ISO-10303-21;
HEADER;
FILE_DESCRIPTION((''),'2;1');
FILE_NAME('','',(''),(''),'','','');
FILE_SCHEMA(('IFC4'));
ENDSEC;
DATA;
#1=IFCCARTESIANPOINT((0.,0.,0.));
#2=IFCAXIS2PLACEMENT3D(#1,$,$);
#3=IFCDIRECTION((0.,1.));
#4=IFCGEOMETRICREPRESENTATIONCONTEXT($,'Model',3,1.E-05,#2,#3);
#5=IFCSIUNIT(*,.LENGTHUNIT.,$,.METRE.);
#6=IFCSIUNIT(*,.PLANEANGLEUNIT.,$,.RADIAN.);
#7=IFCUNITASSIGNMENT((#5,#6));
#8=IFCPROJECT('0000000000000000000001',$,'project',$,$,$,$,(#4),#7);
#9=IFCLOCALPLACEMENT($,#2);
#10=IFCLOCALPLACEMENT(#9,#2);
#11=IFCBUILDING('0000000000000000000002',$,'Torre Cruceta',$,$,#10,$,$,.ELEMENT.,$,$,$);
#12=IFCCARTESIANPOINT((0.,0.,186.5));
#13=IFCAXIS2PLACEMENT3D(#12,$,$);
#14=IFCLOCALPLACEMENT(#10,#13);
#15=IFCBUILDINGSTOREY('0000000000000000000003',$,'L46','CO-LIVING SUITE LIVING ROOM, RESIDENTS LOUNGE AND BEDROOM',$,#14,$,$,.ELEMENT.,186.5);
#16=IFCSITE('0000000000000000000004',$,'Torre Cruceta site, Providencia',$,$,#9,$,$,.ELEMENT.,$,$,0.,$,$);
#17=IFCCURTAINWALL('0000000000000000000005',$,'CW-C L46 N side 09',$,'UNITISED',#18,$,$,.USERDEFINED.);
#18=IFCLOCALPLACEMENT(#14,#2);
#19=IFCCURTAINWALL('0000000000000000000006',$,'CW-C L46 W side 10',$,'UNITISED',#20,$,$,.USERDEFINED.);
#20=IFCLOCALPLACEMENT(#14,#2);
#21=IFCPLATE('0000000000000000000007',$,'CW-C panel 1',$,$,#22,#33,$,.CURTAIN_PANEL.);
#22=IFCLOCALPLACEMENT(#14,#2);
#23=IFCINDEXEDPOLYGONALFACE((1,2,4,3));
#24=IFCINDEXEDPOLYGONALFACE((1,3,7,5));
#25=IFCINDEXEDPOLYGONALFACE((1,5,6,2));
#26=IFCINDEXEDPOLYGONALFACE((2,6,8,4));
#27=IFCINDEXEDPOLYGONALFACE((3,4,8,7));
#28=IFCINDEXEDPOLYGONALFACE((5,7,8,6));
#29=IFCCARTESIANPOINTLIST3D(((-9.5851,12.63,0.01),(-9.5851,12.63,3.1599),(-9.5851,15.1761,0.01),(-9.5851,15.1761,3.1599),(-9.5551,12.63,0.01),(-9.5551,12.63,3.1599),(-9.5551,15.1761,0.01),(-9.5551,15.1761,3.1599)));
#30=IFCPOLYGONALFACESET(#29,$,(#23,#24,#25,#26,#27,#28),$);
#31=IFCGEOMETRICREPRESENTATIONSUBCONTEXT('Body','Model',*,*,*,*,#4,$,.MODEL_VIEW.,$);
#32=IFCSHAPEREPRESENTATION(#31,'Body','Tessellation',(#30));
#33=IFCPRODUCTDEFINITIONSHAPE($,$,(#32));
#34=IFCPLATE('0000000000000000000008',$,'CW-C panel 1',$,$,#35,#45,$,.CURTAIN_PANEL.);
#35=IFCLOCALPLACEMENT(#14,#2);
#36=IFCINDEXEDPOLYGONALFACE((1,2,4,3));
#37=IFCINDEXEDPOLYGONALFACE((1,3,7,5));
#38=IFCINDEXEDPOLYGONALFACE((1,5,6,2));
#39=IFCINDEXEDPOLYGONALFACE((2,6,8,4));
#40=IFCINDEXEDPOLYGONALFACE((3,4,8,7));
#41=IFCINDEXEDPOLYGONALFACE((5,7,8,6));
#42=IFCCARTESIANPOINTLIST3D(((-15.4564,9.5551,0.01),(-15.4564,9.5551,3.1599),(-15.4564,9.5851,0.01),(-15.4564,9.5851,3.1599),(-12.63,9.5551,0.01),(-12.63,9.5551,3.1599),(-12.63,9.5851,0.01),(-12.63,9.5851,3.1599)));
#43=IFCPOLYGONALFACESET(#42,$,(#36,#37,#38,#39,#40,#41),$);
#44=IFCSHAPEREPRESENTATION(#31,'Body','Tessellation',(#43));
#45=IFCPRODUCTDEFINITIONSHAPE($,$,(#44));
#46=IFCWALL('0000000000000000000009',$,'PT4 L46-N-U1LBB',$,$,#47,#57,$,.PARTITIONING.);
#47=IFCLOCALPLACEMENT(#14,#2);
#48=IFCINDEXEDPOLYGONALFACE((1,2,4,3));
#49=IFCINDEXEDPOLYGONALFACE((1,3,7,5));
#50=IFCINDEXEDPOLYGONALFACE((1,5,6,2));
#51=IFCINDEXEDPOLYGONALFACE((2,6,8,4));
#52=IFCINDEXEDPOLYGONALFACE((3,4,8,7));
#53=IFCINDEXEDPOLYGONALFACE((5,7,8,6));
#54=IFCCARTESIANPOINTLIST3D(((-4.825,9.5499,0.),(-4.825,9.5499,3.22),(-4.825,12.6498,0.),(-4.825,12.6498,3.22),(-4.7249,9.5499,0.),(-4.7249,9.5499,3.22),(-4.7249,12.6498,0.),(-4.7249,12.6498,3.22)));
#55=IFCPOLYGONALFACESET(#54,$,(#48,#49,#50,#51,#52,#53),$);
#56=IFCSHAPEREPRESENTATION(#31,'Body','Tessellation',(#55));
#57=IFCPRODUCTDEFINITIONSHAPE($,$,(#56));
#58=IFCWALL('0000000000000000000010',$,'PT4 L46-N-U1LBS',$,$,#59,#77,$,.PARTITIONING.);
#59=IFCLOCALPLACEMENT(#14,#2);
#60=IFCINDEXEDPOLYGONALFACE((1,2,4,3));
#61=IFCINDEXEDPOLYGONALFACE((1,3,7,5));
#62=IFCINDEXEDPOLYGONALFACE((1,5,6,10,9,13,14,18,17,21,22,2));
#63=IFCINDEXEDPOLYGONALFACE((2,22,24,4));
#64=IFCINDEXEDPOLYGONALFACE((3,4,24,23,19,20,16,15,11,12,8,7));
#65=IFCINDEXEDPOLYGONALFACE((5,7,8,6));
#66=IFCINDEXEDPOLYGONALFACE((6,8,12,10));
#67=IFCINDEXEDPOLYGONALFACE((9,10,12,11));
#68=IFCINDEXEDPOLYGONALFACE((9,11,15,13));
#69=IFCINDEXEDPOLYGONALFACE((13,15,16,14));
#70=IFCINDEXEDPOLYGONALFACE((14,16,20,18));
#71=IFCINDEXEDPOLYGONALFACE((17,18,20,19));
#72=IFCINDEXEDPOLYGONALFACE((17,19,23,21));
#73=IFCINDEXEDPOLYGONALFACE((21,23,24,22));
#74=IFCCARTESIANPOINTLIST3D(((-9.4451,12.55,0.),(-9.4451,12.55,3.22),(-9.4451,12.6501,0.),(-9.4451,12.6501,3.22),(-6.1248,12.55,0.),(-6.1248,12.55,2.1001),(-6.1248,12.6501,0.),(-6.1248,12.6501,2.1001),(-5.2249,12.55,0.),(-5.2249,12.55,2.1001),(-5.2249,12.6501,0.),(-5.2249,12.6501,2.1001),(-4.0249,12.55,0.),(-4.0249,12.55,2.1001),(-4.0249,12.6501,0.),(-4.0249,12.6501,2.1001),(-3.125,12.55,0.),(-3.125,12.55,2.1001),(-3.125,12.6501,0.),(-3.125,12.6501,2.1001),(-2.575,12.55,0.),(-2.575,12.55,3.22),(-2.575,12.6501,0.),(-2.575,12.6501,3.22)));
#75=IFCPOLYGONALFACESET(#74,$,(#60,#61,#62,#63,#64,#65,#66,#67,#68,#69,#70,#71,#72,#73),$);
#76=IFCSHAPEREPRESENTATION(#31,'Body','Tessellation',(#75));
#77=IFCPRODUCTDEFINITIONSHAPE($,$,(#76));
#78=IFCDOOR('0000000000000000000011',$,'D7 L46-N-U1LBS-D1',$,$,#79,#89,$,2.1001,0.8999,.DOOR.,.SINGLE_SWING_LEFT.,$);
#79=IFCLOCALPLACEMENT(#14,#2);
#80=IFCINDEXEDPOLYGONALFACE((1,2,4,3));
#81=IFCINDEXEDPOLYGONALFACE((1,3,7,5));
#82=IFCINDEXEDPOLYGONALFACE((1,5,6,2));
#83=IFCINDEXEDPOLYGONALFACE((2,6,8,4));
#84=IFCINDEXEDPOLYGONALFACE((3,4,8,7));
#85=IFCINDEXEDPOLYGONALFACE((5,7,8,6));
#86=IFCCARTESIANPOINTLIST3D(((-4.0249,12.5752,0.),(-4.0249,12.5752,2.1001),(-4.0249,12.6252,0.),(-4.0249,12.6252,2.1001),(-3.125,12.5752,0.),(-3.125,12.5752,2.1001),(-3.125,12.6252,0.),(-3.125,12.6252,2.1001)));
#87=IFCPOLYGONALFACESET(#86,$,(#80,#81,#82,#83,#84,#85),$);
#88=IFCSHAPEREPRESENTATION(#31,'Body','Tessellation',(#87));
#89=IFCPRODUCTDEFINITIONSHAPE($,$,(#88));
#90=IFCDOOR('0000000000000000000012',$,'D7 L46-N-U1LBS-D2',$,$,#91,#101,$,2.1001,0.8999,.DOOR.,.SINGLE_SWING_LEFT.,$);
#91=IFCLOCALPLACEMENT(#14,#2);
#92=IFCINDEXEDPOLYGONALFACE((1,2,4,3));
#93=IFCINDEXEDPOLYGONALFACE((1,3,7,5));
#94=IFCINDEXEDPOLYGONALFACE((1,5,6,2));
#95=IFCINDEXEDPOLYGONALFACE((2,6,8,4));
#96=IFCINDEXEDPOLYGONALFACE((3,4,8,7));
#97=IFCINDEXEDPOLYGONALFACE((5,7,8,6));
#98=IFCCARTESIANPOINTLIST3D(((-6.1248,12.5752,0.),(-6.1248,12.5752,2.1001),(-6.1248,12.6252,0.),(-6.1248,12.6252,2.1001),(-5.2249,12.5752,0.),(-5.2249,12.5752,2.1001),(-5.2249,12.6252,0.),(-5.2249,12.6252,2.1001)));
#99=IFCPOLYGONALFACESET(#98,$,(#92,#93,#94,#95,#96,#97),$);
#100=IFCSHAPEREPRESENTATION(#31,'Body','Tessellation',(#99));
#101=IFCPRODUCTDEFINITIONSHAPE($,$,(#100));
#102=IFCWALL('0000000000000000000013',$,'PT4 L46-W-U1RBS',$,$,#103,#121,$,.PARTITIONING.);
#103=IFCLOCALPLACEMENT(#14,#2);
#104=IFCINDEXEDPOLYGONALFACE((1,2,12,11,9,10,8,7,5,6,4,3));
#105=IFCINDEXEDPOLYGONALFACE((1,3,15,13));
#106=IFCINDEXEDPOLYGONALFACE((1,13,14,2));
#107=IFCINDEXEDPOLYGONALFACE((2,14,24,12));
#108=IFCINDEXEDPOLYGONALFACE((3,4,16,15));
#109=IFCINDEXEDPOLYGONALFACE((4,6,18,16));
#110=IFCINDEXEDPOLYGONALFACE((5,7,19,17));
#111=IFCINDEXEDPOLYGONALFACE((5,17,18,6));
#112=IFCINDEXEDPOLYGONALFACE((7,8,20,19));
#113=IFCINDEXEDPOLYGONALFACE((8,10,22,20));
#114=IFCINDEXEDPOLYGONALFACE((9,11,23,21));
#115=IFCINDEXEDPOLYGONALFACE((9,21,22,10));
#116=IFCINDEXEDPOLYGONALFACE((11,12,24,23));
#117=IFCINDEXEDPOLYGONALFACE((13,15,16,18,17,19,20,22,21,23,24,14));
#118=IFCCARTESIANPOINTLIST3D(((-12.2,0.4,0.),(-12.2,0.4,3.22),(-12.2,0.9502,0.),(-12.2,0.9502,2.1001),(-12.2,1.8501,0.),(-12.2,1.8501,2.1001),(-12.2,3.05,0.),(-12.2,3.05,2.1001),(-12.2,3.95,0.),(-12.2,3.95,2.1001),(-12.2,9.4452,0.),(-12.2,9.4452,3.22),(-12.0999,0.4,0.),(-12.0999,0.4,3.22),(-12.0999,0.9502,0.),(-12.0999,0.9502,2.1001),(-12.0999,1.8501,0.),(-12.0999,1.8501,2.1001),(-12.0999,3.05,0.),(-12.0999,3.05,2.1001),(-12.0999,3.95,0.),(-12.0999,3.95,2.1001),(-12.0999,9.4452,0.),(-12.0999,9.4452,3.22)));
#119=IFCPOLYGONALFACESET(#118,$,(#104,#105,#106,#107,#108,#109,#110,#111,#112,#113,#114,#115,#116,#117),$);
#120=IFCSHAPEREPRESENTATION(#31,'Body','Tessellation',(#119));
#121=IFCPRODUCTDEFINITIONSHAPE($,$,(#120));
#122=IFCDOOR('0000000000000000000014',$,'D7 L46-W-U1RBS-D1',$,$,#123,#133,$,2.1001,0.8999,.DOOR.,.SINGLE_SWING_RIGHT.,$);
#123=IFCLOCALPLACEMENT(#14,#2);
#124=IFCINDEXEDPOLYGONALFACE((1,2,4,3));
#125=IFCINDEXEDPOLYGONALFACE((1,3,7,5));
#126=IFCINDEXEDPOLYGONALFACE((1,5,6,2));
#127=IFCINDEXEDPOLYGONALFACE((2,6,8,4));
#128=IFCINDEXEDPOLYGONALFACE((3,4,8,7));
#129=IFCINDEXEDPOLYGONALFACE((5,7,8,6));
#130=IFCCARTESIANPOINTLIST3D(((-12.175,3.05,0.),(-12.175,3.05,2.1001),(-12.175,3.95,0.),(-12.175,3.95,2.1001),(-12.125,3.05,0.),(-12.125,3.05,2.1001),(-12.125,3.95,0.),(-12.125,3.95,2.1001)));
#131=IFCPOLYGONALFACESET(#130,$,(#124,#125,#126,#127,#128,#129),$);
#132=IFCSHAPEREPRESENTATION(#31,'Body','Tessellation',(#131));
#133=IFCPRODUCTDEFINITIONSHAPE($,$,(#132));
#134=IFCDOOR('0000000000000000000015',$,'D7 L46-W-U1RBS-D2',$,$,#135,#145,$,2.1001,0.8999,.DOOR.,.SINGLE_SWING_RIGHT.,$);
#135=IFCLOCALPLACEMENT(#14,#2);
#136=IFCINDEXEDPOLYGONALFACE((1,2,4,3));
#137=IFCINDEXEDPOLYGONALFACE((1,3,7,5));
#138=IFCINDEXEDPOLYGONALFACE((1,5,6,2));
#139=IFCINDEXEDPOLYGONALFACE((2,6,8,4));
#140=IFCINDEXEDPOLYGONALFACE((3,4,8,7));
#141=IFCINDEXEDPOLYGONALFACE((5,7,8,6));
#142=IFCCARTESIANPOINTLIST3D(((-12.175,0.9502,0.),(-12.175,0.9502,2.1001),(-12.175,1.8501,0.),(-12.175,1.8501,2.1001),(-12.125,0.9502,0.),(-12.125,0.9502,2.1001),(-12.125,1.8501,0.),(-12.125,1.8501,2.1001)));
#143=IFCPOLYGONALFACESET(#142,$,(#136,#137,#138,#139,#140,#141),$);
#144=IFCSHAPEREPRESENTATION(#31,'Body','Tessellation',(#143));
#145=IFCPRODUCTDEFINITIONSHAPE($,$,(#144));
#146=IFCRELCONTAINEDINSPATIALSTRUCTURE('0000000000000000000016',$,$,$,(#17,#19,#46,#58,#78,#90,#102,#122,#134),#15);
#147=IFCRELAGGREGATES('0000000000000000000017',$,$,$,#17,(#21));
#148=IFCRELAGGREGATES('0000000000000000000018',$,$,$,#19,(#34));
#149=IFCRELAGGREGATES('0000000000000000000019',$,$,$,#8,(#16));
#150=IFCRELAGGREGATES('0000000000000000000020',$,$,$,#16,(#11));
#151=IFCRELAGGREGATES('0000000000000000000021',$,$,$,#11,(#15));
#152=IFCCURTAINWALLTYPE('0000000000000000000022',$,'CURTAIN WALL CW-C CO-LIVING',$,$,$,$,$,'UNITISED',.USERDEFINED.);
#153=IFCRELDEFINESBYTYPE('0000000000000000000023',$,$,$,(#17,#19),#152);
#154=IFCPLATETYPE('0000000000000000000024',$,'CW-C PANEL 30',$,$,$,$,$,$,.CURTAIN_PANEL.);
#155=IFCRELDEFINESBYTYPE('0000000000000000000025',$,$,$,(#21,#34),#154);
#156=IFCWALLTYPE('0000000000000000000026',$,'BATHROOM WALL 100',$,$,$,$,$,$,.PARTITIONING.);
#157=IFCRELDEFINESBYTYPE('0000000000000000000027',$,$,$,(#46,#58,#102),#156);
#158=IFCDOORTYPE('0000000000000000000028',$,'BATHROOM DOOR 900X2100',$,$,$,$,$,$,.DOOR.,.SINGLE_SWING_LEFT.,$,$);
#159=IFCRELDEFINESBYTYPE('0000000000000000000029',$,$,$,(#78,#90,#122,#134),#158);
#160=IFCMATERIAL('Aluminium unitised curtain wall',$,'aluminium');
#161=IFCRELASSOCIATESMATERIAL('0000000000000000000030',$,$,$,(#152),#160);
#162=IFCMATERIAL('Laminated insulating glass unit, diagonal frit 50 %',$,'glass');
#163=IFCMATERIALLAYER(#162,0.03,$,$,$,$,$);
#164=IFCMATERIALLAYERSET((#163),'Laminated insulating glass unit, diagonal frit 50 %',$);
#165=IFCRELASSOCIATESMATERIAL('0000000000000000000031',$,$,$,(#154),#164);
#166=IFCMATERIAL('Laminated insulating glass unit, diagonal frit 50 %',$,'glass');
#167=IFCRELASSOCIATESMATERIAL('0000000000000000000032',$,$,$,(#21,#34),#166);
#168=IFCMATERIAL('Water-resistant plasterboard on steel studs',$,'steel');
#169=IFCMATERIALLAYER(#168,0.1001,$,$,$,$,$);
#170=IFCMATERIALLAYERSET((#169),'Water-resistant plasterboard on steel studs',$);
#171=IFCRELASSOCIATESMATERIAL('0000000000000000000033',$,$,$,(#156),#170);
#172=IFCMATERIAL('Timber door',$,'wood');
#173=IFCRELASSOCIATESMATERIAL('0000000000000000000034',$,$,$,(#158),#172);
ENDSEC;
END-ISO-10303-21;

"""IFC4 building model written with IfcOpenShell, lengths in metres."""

from ifc_helpers import new_model, si_unit, direction, frame, frame_2d, origin, origin_2d, place, context, subcontext, project, spatial, rectangle, extrude, material, layer, layer_set, type_object, element, fill, aggregate, save


model = new_model("IFC4")

# Units and contexts
model_context = context("Model", 3, precision=1e-05, world=origin(), true_north=direction((0.0, 1.0)))
body_context = subcontext(model_context, "Body", "Model", "MODEL_VIEW")
ifc_project = project(units=[si_unit("LENGTHUNIT", "METRE"), si_unit("PLANEANGLEUNIT", "RADIAN")], contexts=[model_context])

# Site, building, storey
site_placement = place(None, origin())
site = spatial("IfcSite", under=ifc_project, at=site_placement, Name="Torre Cruceta site, Providencia", CompositionType="ELEMENT", RefElevation=0.0)
building_placement = place(site_placement, origin())
building = spatial("IfcBuilding", under=site, at=building_placement, Name="Torre Cruceta", CompositionType="ELEMENT")
storey_placement = place(building_placement, frame((0.0, 0.0, 186.5)))
storey = spatial("IfcBuildingStorey", under=building, at=storey_placement, Name="L46", Description="CO-LIVING SUITE LIVING ROOM, RESIDENTS LOUNGE AND BEDROOM", CompositionType="ELEMENT", Elevation=186.5)

# Curtain wall
ifc_material_1 = material(Name="Aluminium unitised curtain wall", Category="aluminium")
curtain_wall_type = type_object("IfcCurtainWallType", Name="CURTAIN WALL CW-C CO-LIVING", ElementType="UNITISED", PredefinedType="USERDEFINED", material=ifc_material_1)
curtain_wall_1_placement = place(storey_placement, origin())
curtain_wall_1 = element("IfcCurtainWall", 1, at=curtain_wall_1_placement, inside=storey, type_object=curtain_wall_type, Name="CW-C L46 N side 09", ObjectType="UNITISED", PredefinedType="USERDEFINED")

# Curtain wall
curtain_wall_2_placement = place(storey_placement, origin())
curtain_wall_2 = element("IfcCurtainWall", 2, at=curtain_wall_2_placement, inside=storey, type_object=curtain_wall_type, Name="CW-C L46 W side 10", ObjectType="UNITISED", PredefinedType="USERDEFINED")

# Plates
ifc_material_2 = material(Name="Laminated insulating glass unit, diagonal frit 50 %", Category="glass")
ifc_material_3 = material(Name="Laminated insulating glass unit, diagonal frit 50 %", Category="glass")
ifc_layer_1 = layer(ifc_material_3, 0.03)
ifc_layer_set_1 = layer_set([ifc_layer_1], Name="Laminated insulating glass unit, diagonal frit 50 %")
plate_type = type_object("IfcPlateType", Name="CW-C PANEL 30", PredefinedType="CURTAIN_PANEL", material=ifc_layer_set_1)
plate_1_placement = place(storey_placement, frame((-9.5701, 13.9031, 0.01), z_axis=(0.0, 0.0, 1.0), x_axis=(0.0, -1.0, 0.0)))
plate_1 = element("IfcPlate", 3, at=plate_1_placement, type_object=plate_type, material=ifc_material_2, Name="CW-C panel 1", PredefinedType="CURTAIN_PANEL", context=body_context, shape_type="SweptSolid", body=[
    extrude(rectangle(XDim=2.5461, YDim=0.03, at=origin_2d()), origin(), (0.0, 0.0, 1.0), 3.1499),
])
aggregate(curtain_wall_1, [plate_1])
plate_2_placement = place(storey_placement, frame((-14.0432, 9.5701, 0.01), z_axis=(0.0, 0.0, 1.0), x_axis=(-1.0, 0.0, 0.0)))
plate_2 = element("IfcPlate", 4, at=plate_2_placement, type_object=plate_type, material=ifc_material_2, Name="CW-C panel 1", PredefinedType="CURTAIN_PANEL", context=body_context, shape_type="SweptSolid", body=[
    extrude(rectangle(XDim=2.8264, YDim=0.03, at=origin_2d()), origin(), (0.0, 0.0, 1.0), 3.1499),
])
aggregate(curtain_wall_2, [plate_2])

# Wall
ifc_material_4 = material(Name="Water-resistant plasterboard on steel studs", Category="steel")
ifc_layer_2 = layer(ifc_material_4, 0.1001)
ifc_layer_set_2 = layer_set([ifc_layer_2], Name="Water-resistant plasterboard on steel studs")
wall_type_1 = type_object("IfcWallType", Name="BATHROOM WALL 100", PredefinedType="PARTITIONING", material=ifc_layer_set_2)
wall_1_placement = place(storey_placement, frame((-4.7749, 9.55, 0.0), z_axis=(0.0, 0.0, 1.0), x_axis=(0.0, 1.0, 0.0)))
element("IfcWall", 5, at=wall_1_placement, inside=storey, type_object=wall_type_1, Name="PT4 L46-N-U1LBB", PredefinedType="PARTITIONING", context=body_context, shape_type="SweptSolid", body=[
    extrude(rectangle(XDim=3.0999, YDim=0.1001, at=frame_2d((1.5498, 0.0))), origin(), (0.0, 0.0, 1.0), 3.22),
])

# Walls, openings, doors
wall_2_placement = place(storey_placement, frame((-2.575, 12.6001, 0.0), z_axis=(0.0, 0.0, 1.0), x_axis=(-1.0, 0.0, 0.0)))
wall_2 = element("IfcWall", 6, at=wall_2_placement, inside=storey, type_object=wall_type_1, Name="PT4 L46-N-U1LBS", PredefinedType="PARTITIONING", context=body_context, shape_type="SweptSolid", body=[
    extrude(rectangle(XDim=6.8701, YDim=0.1001, at=frame_2d((3.4351, 0.0))), origin(), (0.0, 0.0, 1.0), 3.22),
])
opening_1_placement = place(wall_2_placement, frame((0.55, 0.0, 0.0)))
opening_1 = element("IfcOpeningElement", 7, at=opening_1_placement, cuts=wall_2, PredefinedType="OPENING", context=body_context, shape_type="SweptSolid", body=[
    extrude(rectangle(XDim=0.8999, YDim=2.1001, at=frame_2d((0.45, 1.05))), frame((0.0, 0.0601, 0.0), z_axis=(0.0, -1.0, 0.0), x_axis=(1.0, 0.0, 0.0)), (0.0, 0.0, 1.0), 0.1201),
])
opening_2_placement = place(wall_2_placement, frame((2.6499, 0.0, 0.0)))
opening_2 = element("IfcOpeningElement", 8, at=opening_2_placement, cuts=wall_2, PredefinedType="OPENING", context=body_context, shape_type="SweptSolid", body=[
    extrude(rectangle(XDim=0.8999, YDim=2.1001, at=frame_2d((0.45, 1.05))), frame((0.0, 0.0601, 0.0), z_axis=(0.0, -1.0, 0.0), x_axis=(1.0, 0.0, 0.0)), (0.0, 0.0, 1.0), 0.1201),
])
ifc_material_5 = material(Name="Timber door", Category="wood")
door_type_1 = type_object("IfcDoorType", Name="BATHROOM DOOR 900X2100", OperationType="SINGLE_SWING_LEFT", PredefinedType="DOOR", material=ifc_material_5)
door_1_placement = place(opening_1_placement, origin())
door_1 = element("IfcDoor", 9, at=door_1_placement, inside=storey, type_object=door_type_1, Name="D7 L46-N-U1LBS-D1", OperationType="SINGLE_SWING_LEFT", OverallHeight=2.1001, OverallWidth=0.8999, PredefinedType="DOOR", context=body_context, shape_type="SweptSolid", body=[
    extrude(rectangle(XDim=0.8999, YDim=2.1001, at=frame_2d((0.45, 1.05))), frame((0.0, 0.0249, 0.0), z_axis=(0.0, -1.0, 0.0), x_axis=(1.0, 0.0, 0.0)), (0.0, 0.0, 1.0), 0.05),
])
fill(opening_1, door_1)
door_2_placement = place(opening_2_placement, origin())
door_2 = element("IfcDoor", 10, at=door_2_placement, inside=storey, type_object=door_type_1, Name="D7 L46-N-U1LBS-D2", OperationType="SINGLE_SWING_LEFT", OverallHeight=2.1001, OverallWidth=0.8999, PredefinedType="DOOR", context=body_context, shape_type="SweptSolid", body=[
    extrude(rectangle(XDim=0.8999, YDim=2.1001, at=frame_2d((0.45, 1.05))), frame((0.0, 0.0249, 0.0), z_axis=(0.0, -1.0, 0.0), x_axis=(1.0, 0.0, 0.0)), (0.0, 0.0, 1.0), 0.05),
])
fill(opening_2, door_2)
wall_3_placement = place(storey_placement, frame((-12.1499, 9.4451, 0.0), z_axis=(0.0, 0.0, 1.0), x_axis=(0.0, -1.0, 0.0)))
wall_3 = element("IfcWall", 11, at=wall_3_placement, inside=storey, type_object=wall_type_1, Name="PT4 L46-W-U1RBS", PredefinedType="PARTITIONING", context=body_context, shape_type="SweptSolid", body=[
    extrude(rectangle(XDim=9.0452, YDim=0.1001, at=frame_2d((4.5225, 0.0))), origin(), (0.0, 0.0, 1.0), 3.22),
])
opening_3_placement = place(wall_3_placement, frame((5.4951, 0.0, 0.0)))
opening_3 = element("IfcOpeningElement", 12, at=opening_3_placement, cuts=wall_3, PredefinedType="OPENING", context=body_context, shape_type="SweptSolid", body=[
    extrude(rectangle(XDim=0.8999, YDim=2.1001, at=frame_2d((0.45, 1.05))), frame((0.0, 0.0601, 0.0), z_axis=(0.0, -1.0, 0.0), x_axis=(1.0, 0.0, 0.0)), (0.0, 0.0, 1.0), 0.1201),
])
opening_4_placement = place(wall_3_placement, frame((7.595, 0.0, 0.0)))
opening_4 = element("IfcOpeningElement", 13, at=opening_4_placement, cuts=wall_3, PredefinedType="OPENING", context=body_context, shape_type="SweptSolid", body=[
    extrude(rectangle(XDim=0.8999, YDim=2.1001, at=frame_2d((0.45, 1.05))), frame((0.0, 0.0601, 0.0), z_axis=(0.0, -1.0, 0.0), x_axis=(1.0, 0.0, 0.0)), (0.0, 0.0, 1.0), 0.1201),
])
door_3_placement = place(opening_3_placement, origin())
door_3 = element("IfcDoor", 14, at=door_3_placement, inside=storey, type_object=door_type_1, Name="D7 L46-W-U1RBS-D1", OperationType="SINGLE_SWING_RIGHT", OverallHeight=2.1001, OverallWidth=0.8999, PredefinedType="DOOR", context=body_context, shape_type="SweptSolid", body=[
    extrude(rectangle(XDim=0.8999, YDim=2.1001, at=frame_2d((0.45, 1.05))), frame((0.0, 0.0249, 0.0), z_axis=(0.0, -1.0, 0.0), x_axis=(1.0, 0.0, 0.0)), (0.0, 0.0, 1.0), 0.05),
])
fill(opening_3, door_3)
door_4_placement = place(opening_4_placement, origin())
door_4 = element("IfcDoor", 15, at=door_4_placement, inside=storey, type_object=door_type_1, Name="D7 L46-W-U1RBS-D2", OperationType="SINGLE_SWING_RIGHT", OverallHeight=2.1001, OverallWidth=0.8999, PredefinedType="DOOR", context=body_context, shape_type="SweptSolid", body=[
    extrude(rectangle(XDim=0.8999, YDim=2.1001, at=frame_2d((0.45, 1.05))), frame((0.0, 0.0249, 0.0), z_axis=(0.0, -1.0, 0.0), x_axis=(1.0, 0.0, 0.0)), (0.0, 0.0, 1.0), 0.05),
])
fill(opening_4, door_4)

save(model, "model.ifc")
